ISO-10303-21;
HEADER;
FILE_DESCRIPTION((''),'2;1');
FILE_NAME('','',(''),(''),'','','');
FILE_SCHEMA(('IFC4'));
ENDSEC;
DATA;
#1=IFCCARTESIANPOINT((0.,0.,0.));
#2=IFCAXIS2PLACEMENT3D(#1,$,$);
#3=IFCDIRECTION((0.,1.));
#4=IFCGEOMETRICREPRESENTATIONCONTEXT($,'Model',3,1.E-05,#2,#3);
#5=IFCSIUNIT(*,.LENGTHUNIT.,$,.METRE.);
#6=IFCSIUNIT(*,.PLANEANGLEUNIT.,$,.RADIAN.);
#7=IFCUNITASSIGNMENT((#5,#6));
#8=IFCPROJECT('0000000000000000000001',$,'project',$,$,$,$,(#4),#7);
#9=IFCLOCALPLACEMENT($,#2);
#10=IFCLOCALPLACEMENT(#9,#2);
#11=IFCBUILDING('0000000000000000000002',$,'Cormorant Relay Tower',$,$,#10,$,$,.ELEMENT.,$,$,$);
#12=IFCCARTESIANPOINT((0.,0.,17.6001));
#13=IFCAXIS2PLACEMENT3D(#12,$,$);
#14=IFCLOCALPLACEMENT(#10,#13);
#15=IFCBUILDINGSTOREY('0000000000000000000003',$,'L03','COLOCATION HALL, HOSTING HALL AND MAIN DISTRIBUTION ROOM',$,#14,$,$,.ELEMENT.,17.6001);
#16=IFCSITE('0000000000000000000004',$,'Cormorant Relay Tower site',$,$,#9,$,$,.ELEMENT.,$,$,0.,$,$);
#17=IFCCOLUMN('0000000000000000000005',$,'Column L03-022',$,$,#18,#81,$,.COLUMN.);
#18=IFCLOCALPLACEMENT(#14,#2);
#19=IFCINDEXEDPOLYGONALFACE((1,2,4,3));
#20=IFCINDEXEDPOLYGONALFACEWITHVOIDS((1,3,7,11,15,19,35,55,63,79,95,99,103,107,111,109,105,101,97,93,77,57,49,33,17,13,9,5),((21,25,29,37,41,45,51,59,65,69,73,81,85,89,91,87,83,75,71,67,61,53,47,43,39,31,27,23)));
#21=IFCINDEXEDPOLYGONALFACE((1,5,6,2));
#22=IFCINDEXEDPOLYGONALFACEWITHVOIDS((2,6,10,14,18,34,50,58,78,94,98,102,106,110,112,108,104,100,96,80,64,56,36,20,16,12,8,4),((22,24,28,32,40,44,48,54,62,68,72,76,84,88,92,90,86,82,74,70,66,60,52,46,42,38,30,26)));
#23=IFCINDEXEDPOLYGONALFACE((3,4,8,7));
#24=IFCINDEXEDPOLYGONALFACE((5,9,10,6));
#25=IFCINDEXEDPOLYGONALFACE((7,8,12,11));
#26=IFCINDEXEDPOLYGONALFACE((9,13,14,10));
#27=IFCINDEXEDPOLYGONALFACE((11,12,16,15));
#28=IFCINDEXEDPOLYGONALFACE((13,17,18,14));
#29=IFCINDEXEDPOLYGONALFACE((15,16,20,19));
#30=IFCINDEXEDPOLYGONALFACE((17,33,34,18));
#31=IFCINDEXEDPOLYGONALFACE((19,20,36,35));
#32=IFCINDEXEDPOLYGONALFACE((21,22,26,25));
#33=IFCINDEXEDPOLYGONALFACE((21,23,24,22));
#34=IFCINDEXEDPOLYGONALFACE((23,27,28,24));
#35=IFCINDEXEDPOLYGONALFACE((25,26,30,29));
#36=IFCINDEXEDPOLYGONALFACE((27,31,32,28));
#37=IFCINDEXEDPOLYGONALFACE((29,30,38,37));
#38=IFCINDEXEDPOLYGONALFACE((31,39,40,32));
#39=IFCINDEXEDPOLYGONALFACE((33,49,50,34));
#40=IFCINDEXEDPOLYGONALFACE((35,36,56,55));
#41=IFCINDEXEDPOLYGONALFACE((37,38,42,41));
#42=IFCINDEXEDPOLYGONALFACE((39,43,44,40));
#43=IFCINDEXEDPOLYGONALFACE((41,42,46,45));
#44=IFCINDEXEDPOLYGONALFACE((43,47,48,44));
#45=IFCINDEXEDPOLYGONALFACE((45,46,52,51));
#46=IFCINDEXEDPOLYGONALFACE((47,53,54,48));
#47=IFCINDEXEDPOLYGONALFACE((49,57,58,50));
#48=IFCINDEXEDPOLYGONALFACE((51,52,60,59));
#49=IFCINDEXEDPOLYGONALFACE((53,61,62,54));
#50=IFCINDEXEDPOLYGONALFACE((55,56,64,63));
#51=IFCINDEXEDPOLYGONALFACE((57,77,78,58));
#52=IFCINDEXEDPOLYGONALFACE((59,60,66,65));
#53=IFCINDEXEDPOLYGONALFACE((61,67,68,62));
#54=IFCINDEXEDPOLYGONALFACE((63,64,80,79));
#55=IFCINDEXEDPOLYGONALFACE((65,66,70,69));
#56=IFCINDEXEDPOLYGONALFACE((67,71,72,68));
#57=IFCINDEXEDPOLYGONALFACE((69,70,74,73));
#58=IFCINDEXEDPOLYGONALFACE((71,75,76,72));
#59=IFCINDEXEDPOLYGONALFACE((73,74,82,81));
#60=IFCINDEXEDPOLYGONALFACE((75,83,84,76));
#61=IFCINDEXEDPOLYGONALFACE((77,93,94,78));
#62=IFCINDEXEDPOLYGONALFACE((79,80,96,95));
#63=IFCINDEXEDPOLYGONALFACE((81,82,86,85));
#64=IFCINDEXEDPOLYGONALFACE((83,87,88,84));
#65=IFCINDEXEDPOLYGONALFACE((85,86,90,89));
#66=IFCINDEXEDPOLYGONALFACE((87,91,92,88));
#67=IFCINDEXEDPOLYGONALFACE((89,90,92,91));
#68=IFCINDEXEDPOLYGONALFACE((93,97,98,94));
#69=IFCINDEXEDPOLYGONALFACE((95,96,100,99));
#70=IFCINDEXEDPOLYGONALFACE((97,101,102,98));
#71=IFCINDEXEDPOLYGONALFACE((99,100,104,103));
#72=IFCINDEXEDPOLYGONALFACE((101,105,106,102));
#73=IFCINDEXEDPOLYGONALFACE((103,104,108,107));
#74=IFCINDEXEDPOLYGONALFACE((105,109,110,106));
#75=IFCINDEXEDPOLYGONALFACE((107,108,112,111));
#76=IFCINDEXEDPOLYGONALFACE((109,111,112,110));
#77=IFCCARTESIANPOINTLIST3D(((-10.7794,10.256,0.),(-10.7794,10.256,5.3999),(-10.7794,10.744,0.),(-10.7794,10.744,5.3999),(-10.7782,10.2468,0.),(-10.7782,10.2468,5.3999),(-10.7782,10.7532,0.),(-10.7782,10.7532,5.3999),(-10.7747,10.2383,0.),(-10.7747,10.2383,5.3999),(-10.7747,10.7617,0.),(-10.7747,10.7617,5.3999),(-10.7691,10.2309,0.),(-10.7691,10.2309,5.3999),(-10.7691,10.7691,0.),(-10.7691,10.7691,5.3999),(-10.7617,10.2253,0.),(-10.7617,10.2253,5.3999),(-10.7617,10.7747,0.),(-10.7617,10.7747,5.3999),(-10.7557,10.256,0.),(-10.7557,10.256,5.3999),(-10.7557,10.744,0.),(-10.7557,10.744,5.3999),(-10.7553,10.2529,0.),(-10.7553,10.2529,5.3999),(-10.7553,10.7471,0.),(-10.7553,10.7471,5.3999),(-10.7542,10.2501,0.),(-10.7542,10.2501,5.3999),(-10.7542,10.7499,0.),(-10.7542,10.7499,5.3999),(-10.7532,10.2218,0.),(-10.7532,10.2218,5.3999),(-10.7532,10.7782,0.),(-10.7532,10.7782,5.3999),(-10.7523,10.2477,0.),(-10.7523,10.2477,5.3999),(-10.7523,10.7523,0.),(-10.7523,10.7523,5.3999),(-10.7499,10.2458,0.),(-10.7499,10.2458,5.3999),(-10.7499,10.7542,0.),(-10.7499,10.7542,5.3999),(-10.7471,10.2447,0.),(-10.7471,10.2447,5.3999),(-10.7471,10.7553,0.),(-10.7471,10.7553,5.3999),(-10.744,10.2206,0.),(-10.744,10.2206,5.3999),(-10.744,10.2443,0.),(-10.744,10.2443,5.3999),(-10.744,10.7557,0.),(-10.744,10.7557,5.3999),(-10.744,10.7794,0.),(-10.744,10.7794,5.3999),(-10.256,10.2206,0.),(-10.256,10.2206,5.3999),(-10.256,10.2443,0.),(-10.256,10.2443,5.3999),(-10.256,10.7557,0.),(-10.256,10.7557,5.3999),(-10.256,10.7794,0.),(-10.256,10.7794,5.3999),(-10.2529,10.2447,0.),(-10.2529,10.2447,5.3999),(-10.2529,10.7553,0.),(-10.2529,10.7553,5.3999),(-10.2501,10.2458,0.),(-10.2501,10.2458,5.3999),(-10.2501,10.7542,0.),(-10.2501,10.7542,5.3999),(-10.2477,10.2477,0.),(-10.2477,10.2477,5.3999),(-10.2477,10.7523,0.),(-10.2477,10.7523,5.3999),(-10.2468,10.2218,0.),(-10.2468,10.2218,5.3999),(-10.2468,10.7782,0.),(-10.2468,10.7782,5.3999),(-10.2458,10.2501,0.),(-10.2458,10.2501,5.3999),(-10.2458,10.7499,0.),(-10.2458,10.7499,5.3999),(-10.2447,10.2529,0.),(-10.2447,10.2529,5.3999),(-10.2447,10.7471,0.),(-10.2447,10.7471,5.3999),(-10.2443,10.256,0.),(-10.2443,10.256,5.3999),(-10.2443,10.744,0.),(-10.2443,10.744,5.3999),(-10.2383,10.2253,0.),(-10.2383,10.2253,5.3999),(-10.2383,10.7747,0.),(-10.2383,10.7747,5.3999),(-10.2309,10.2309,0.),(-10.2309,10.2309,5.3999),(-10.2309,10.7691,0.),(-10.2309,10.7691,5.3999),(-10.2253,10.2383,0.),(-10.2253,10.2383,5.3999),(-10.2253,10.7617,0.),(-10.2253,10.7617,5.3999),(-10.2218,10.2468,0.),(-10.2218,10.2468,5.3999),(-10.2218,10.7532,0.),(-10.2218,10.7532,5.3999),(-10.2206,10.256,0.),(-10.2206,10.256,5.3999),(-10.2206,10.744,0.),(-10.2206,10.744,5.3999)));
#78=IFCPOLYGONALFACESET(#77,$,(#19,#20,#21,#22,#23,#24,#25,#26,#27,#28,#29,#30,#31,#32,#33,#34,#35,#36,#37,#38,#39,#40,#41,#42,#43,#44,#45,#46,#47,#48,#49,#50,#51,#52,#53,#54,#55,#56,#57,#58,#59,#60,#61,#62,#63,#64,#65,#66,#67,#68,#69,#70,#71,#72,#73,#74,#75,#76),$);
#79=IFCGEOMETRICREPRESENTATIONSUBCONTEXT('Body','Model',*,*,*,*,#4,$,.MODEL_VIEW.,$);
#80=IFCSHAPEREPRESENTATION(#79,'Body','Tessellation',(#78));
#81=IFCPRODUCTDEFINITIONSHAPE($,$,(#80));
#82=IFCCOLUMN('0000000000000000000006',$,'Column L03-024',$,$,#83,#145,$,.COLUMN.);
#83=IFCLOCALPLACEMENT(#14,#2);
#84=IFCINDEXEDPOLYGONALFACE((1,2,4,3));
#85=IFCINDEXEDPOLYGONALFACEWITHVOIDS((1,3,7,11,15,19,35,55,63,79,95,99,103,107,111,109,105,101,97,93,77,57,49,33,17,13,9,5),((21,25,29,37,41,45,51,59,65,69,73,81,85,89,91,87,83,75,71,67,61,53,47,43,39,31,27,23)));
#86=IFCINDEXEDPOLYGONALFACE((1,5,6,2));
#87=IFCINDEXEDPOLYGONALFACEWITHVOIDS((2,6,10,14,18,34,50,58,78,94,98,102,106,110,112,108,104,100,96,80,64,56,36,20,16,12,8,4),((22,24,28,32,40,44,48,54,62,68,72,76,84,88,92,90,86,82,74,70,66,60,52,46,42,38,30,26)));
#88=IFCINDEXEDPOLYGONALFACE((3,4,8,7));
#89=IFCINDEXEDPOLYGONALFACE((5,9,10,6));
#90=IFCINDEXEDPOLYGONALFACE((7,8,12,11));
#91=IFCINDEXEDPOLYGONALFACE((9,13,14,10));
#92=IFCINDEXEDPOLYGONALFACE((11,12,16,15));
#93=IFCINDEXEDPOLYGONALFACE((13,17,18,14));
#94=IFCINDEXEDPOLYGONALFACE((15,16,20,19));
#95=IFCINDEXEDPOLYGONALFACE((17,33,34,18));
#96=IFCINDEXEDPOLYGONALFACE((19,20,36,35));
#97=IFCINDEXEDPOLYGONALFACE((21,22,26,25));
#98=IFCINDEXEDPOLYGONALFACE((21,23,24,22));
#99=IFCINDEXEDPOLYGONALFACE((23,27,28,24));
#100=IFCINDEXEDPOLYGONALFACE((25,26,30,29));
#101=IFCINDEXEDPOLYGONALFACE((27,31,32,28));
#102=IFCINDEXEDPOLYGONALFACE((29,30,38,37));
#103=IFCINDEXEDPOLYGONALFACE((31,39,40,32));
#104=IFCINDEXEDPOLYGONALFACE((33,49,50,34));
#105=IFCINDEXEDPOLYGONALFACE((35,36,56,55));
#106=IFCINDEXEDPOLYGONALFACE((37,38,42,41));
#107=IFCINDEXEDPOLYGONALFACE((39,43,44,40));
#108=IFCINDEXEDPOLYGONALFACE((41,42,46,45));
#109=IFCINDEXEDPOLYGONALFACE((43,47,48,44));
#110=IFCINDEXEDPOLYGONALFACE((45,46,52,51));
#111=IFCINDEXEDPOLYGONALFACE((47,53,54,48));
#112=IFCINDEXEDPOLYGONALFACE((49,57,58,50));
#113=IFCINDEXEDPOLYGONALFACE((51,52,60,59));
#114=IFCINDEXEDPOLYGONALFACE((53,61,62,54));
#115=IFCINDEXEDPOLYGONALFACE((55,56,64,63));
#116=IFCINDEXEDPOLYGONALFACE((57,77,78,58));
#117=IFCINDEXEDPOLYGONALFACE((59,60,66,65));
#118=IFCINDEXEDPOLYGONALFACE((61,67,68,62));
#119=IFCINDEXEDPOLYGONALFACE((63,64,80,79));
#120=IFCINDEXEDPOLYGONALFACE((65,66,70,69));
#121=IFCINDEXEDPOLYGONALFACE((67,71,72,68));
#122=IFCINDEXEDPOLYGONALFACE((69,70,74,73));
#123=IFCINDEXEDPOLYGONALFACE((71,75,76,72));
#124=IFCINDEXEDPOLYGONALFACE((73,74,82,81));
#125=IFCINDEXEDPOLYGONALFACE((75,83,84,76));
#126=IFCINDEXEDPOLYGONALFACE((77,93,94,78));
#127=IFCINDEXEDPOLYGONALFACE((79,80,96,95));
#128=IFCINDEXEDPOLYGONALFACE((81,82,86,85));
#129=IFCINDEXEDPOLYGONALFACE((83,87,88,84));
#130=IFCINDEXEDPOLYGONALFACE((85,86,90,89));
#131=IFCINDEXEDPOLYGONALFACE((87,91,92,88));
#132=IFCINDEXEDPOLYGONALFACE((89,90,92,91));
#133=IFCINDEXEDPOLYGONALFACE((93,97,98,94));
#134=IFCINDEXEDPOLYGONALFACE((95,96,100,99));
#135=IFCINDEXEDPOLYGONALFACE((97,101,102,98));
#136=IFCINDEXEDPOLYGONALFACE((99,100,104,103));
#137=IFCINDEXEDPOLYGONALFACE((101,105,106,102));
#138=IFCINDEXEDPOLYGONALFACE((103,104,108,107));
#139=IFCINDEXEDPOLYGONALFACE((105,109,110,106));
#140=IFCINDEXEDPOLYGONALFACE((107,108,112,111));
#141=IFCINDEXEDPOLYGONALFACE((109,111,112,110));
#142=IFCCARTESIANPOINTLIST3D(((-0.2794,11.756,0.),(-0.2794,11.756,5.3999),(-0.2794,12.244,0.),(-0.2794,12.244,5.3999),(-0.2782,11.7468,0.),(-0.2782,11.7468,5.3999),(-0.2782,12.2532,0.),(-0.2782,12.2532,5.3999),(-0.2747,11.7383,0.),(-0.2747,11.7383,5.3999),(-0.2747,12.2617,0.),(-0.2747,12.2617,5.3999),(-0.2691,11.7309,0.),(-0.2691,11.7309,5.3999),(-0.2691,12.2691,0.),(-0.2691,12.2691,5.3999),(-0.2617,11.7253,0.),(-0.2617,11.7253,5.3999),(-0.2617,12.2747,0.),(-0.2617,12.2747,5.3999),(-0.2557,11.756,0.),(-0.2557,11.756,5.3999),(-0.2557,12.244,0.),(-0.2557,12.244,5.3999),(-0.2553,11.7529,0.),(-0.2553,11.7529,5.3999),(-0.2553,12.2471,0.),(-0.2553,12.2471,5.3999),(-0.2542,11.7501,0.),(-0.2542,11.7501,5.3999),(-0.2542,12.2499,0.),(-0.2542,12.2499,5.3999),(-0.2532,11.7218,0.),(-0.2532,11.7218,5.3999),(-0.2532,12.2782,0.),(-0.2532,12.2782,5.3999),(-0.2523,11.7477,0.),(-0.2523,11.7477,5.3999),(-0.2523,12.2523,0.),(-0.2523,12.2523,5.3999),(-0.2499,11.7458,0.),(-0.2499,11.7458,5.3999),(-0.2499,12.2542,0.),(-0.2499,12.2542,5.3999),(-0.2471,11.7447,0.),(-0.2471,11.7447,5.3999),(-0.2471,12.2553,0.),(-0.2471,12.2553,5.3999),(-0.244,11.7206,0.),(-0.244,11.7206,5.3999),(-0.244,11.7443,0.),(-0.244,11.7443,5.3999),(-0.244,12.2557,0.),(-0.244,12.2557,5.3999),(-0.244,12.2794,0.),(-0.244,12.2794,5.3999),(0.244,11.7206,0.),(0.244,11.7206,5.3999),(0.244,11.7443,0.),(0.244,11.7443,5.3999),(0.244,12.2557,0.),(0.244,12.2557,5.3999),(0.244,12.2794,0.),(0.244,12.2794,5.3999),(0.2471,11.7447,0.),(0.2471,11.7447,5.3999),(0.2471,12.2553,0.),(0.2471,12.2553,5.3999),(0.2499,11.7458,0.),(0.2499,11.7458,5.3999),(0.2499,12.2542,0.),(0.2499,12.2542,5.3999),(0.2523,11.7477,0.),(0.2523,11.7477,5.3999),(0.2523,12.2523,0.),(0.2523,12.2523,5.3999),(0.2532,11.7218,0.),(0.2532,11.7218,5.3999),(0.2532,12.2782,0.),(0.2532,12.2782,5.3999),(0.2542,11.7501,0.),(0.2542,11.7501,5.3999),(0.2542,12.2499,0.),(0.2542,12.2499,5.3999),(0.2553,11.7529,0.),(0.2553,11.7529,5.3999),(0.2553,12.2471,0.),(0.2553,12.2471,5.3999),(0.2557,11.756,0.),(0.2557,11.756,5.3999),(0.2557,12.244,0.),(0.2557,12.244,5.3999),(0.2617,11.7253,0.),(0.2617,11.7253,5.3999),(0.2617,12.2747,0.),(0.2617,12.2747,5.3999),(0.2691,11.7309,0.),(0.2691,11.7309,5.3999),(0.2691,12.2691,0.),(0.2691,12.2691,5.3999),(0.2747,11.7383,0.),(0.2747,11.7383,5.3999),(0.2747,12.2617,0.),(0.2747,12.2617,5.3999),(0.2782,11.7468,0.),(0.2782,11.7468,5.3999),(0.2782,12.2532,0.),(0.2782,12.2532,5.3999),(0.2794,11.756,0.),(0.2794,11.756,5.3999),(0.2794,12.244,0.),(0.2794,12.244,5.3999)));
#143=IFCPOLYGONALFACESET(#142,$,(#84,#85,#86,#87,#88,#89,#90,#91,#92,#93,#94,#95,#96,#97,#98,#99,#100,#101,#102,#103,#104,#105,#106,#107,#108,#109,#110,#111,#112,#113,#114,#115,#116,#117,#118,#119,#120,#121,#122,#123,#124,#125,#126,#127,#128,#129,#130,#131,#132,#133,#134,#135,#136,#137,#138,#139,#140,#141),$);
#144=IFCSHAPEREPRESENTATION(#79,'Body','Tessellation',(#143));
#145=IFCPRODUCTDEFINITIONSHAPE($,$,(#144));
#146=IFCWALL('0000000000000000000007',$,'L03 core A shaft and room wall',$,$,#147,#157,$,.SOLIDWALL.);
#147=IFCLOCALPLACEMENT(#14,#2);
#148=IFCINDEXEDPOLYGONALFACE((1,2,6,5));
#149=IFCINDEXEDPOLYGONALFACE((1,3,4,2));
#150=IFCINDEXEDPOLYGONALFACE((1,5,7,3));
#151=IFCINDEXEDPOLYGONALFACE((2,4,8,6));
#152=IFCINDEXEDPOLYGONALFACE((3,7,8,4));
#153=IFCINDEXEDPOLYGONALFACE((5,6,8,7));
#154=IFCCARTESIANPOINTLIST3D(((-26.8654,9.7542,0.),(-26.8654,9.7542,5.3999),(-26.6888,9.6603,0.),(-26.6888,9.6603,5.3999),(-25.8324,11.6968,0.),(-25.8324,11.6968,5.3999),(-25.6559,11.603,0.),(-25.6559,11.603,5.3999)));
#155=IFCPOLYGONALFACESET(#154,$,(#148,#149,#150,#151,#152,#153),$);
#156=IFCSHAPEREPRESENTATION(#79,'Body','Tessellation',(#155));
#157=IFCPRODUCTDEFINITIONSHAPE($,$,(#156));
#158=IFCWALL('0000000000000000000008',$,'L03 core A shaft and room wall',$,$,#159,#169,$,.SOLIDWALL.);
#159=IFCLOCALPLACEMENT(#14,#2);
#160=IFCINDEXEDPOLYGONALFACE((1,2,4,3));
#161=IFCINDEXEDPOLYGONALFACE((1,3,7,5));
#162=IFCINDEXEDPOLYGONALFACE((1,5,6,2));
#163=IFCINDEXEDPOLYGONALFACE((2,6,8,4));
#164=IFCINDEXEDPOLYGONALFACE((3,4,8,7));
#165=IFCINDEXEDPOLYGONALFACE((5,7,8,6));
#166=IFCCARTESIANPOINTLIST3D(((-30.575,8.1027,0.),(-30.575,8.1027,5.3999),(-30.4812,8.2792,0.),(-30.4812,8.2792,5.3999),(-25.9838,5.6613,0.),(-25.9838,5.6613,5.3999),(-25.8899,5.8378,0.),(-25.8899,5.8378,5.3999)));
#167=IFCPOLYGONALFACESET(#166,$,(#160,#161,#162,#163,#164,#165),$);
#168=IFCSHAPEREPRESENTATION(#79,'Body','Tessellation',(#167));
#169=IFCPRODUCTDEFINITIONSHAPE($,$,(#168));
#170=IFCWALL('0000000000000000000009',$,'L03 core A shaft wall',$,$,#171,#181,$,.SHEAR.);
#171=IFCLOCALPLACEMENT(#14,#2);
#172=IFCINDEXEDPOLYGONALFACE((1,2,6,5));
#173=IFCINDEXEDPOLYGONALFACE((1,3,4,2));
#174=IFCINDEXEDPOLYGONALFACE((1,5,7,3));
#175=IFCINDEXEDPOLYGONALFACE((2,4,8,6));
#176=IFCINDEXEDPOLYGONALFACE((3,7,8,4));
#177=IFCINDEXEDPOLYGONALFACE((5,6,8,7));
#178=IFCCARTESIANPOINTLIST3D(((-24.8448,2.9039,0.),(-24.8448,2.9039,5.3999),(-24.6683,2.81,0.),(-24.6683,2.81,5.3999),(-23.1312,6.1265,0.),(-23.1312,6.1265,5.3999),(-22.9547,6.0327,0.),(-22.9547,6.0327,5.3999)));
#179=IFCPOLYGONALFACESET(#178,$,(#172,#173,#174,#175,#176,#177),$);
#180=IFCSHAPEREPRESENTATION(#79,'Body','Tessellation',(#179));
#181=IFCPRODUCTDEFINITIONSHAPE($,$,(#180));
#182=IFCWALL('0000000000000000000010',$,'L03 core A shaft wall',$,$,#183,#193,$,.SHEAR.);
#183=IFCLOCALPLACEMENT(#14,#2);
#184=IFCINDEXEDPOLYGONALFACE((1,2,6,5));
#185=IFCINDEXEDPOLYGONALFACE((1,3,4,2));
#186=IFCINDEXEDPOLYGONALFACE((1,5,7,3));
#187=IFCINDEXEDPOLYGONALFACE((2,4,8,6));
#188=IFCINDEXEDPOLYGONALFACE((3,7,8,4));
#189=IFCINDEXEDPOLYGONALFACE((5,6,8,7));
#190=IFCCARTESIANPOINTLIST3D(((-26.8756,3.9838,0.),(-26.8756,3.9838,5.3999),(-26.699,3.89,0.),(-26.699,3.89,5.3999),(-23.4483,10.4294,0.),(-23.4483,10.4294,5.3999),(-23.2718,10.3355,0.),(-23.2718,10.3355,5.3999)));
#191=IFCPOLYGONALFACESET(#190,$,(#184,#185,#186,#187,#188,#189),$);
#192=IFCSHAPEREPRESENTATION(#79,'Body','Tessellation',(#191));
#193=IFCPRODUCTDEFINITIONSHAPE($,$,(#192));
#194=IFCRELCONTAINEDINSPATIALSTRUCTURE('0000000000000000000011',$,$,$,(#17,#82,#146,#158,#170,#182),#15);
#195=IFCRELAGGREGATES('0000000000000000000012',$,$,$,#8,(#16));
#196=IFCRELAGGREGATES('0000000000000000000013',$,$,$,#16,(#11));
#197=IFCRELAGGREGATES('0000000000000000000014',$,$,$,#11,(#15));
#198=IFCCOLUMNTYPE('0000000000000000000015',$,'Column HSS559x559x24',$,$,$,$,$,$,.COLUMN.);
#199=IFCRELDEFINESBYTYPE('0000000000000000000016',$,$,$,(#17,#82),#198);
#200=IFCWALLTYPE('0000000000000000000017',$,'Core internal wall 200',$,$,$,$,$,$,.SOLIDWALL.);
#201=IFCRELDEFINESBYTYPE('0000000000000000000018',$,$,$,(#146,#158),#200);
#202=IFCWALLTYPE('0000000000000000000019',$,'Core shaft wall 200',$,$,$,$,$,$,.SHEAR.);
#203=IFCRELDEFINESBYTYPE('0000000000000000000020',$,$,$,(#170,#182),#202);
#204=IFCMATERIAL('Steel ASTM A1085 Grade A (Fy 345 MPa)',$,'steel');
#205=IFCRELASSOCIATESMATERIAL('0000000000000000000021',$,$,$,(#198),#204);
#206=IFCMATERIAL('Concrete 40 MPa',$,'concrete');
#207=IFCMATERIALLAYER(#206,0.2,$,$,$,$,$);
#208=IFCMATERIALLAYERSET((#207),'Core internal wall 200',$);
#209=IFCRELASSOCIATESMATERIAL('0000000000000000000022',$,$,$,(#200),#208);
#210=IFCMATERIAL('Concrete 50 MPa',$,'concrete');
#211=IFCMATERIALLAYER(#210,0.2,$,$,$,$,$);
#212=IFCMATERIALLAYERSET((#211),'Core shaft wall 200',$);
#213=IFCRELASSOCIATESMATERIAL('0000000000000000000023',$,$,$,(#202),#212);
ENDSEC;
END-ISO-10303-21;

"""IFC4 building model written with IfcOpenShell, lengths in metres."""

from ifc_helpers import new_model, si_unit, direction, frame, frame_2d, origin, origin_2d, place, context, subcontext, project, spatial, rectangle, hollow_rectangle, extrude, material, layer, layer_set, material_profile, profile_set, type_object, element, save


model = new_model("IFC4")

# Units and contexts
model_context = context("Model", 3, precision=1e-05, world=origin(), true_north=direction((0.0, 1.0)))
body_context = subcontext(model_context, "Body", "Model", "MODEL_VIEW")
ifc_project = project(units=[si_unit("LENGTHUNIT", "METRE"), si_unit("PLANEANGLEUNIT", "RADIAN")], contexts=[model_context])

# Site, building, storey
site_placement = place(None, origin())
site = spatial("IfcSite", under=ifc_project, at=site_placement, Name="Cormorant Relay Tower site", CompositionType="ELEMENT", RefElevation=0.0)
building_placement = place(site_placement, origin())
building = spatial("IfcBuilding", under=site, at=building_placement, Name="Cormorant Relay Tower", CompositionType="ELEMENT")
storey_placement = place(building_placement, frame((0.0, 0.0, 17.6001)))
storey = spatial("IfcBuildingStorey", under=building, at=storey_placement, Name="L03", Description="COLOCATION HALL, HOSTING HALL AND MAIN DISTRIBUTION ROOM", CompositionType="ELEMENT", Elevation=17.6001)

# Columns
ifc_material_1 = material(Name="Steel ASTM A1085 Grade A (Fy 345 MPa)", Category="steel")
ifc_material_profile = material_profile(ifc_material_1, hollow_rectangle(XDim=0.5588, YDim=0.5588, WallThickness=0.0237, InnerFilletRadius=0.0117, OuterFilletRadius=0.0354, at=origin_2d()), Name="HSS559x559x24")
ifc_profile_set = profile_set([ifc_material_profile], Name="Steel ASTM A1085 Grade A (Fy 345 MPa)")
column_type = type_object("IfcColumnType", Name="Column HSS559x559x24", PredefinedType="COLUMN", material=ifc_profile_set)
for number, where, z_axis, x_axis, name in (
    (1, (-10.5, 10.5, 0.0), (0.0, 0.0, 1.0), (1.0, 0.0, 0.0), "Column L03-022"),
    (2, (0.0, 12.0, 0.0), (0.0, 0.0, 1.0), (1.0, 0.0, 0.0), "Column L03-024"),
):
    element("IfcColumn", number, at=place(storey_placement, frame(where, z_axis=z_axis, x_axis=x_axis)), inside=storey, type_object=column_type, Name=name, PredefinedType="COLUMN", context=body_context, shape_type="SweptSolid", body=[
        extrude(hollow_rectangle(XDim=0.5588, YDim=0.5588, WallThickness=0.0237, InnerFilletRadius=0.0117, OuterFilletRadius=0.0354, at=origin_2d()), origin(), (0.0, 0.0, 1.0), 5.3999),
    ])

# Walls
ifc_material_2 = material(Name="Concrete 40 MPa", Category="concrete")
ifc_layer_1 = layer(ifc_material_2, 0.2)
ifc_layer_set_1 = layer_set([ifc_layer_1], Name="Core internal wall 200")
wall_type_1 = type_object("IfcWallType", Name="Core internal wall 200", PredefinedType="SOLIDWALL", material=ifc_layer_set_1)
wall_1_placement = place(storey_placement, frame((-25.7441, 11.6499, 0.0), z_axis=(0.0, 0.0, 1.0), x_axis=(-0.469488, -0.882939, 0.0)))
element("IfcWall", 3, at=wall_1_placement, inside=storey, type_object=wall_type_1, Name="L03 core A shaft and room wall", PredefinedType="SOLIDWALL", context=body_context, shape_type="SweptSolid", body=[
    extrude(rectangle(XDim=2.2002, YDim=0.2, at=frame_2d((1.1001, 0.0))), origin(), (0.0, 0.0, 1.0), 5.3999),
])
wall_2_placement = place(storey_placement, frame((-25.9368, 5.7495, 0.0), z_axis=(0.0, 0.0, 1.0), x_axis=(-0.882935, 0.469496, 0.0)))
element("IfcWall", 4, at=wall_2_placement, inside=storey, type_object=wall_type_1, Name="L03 core A shaft and room wall", PredefinedType="SOLIDWALL", context=body_context, shape_type="SweptSolid", body=[
    extrude(rectangle(XDim=5.2, YDim=0.2, at=frame_2d((2.6001, 0.0))), origin(), (0.0, 0.0, 1.0), 5.3999),
])
ifc_material_3 = material(Name="Concrete 50 MPa", Category="concrete")
ifc_layer_2 = layer(ifc_material_3, 0.2)
ifc_layer_set_2 = layer_set([ifc_layer_2], Name="Core shaft wall 200")
wall_type_2 = type_object("IfcWallType", Name="Core shaft wall 200", PredefinedType="SHEAR", material=ifc_layer_set_2)
wall_3_placement = place(storey_placement, frame((-23.043, 6.0796, 0.0), z_axis=(0.0, 0.0, 1.0), x_axis=(-0.469494, -0.882936, 0.0)))
element("IfcWall", 5, at=wall_3_placement, inside=storey, type_object=wall_type_2, Name="L03 core A shaft wall", PredefinedType="SHEAR", context=body_context, shape_type="SweptSolid", body=[
    extrude(rectangle(XDim=3.6499, YDim=0.2, at=frame_2d((1.825, 0.0))), origin(), (0.0, 0.0, 1.0), 5.3999),
])
wall_4_placement = place(storey_placement, frame((-23.3601, 10.3823, 0.0), z_axis=(0.0, 0.0, 1.0), x_axis=(-0.46948, -0.882943, 0.0)))
element("IfcWall", 6, at=wall_4_placement, inside=storey, type_object=wall_type_2, Name="L03 core A shaft wall", PredefinedType="SHEAR", context=body_context, shape_type="SweptSolid", body=[
    extrude(rectangle(XDim=7.3, YDim=0.2, at=frame_2d((3.6499, 0.0))), origin(), (0.0, 0.0, 1.0), 5.3999),
])

save(model, "model.ifc")
